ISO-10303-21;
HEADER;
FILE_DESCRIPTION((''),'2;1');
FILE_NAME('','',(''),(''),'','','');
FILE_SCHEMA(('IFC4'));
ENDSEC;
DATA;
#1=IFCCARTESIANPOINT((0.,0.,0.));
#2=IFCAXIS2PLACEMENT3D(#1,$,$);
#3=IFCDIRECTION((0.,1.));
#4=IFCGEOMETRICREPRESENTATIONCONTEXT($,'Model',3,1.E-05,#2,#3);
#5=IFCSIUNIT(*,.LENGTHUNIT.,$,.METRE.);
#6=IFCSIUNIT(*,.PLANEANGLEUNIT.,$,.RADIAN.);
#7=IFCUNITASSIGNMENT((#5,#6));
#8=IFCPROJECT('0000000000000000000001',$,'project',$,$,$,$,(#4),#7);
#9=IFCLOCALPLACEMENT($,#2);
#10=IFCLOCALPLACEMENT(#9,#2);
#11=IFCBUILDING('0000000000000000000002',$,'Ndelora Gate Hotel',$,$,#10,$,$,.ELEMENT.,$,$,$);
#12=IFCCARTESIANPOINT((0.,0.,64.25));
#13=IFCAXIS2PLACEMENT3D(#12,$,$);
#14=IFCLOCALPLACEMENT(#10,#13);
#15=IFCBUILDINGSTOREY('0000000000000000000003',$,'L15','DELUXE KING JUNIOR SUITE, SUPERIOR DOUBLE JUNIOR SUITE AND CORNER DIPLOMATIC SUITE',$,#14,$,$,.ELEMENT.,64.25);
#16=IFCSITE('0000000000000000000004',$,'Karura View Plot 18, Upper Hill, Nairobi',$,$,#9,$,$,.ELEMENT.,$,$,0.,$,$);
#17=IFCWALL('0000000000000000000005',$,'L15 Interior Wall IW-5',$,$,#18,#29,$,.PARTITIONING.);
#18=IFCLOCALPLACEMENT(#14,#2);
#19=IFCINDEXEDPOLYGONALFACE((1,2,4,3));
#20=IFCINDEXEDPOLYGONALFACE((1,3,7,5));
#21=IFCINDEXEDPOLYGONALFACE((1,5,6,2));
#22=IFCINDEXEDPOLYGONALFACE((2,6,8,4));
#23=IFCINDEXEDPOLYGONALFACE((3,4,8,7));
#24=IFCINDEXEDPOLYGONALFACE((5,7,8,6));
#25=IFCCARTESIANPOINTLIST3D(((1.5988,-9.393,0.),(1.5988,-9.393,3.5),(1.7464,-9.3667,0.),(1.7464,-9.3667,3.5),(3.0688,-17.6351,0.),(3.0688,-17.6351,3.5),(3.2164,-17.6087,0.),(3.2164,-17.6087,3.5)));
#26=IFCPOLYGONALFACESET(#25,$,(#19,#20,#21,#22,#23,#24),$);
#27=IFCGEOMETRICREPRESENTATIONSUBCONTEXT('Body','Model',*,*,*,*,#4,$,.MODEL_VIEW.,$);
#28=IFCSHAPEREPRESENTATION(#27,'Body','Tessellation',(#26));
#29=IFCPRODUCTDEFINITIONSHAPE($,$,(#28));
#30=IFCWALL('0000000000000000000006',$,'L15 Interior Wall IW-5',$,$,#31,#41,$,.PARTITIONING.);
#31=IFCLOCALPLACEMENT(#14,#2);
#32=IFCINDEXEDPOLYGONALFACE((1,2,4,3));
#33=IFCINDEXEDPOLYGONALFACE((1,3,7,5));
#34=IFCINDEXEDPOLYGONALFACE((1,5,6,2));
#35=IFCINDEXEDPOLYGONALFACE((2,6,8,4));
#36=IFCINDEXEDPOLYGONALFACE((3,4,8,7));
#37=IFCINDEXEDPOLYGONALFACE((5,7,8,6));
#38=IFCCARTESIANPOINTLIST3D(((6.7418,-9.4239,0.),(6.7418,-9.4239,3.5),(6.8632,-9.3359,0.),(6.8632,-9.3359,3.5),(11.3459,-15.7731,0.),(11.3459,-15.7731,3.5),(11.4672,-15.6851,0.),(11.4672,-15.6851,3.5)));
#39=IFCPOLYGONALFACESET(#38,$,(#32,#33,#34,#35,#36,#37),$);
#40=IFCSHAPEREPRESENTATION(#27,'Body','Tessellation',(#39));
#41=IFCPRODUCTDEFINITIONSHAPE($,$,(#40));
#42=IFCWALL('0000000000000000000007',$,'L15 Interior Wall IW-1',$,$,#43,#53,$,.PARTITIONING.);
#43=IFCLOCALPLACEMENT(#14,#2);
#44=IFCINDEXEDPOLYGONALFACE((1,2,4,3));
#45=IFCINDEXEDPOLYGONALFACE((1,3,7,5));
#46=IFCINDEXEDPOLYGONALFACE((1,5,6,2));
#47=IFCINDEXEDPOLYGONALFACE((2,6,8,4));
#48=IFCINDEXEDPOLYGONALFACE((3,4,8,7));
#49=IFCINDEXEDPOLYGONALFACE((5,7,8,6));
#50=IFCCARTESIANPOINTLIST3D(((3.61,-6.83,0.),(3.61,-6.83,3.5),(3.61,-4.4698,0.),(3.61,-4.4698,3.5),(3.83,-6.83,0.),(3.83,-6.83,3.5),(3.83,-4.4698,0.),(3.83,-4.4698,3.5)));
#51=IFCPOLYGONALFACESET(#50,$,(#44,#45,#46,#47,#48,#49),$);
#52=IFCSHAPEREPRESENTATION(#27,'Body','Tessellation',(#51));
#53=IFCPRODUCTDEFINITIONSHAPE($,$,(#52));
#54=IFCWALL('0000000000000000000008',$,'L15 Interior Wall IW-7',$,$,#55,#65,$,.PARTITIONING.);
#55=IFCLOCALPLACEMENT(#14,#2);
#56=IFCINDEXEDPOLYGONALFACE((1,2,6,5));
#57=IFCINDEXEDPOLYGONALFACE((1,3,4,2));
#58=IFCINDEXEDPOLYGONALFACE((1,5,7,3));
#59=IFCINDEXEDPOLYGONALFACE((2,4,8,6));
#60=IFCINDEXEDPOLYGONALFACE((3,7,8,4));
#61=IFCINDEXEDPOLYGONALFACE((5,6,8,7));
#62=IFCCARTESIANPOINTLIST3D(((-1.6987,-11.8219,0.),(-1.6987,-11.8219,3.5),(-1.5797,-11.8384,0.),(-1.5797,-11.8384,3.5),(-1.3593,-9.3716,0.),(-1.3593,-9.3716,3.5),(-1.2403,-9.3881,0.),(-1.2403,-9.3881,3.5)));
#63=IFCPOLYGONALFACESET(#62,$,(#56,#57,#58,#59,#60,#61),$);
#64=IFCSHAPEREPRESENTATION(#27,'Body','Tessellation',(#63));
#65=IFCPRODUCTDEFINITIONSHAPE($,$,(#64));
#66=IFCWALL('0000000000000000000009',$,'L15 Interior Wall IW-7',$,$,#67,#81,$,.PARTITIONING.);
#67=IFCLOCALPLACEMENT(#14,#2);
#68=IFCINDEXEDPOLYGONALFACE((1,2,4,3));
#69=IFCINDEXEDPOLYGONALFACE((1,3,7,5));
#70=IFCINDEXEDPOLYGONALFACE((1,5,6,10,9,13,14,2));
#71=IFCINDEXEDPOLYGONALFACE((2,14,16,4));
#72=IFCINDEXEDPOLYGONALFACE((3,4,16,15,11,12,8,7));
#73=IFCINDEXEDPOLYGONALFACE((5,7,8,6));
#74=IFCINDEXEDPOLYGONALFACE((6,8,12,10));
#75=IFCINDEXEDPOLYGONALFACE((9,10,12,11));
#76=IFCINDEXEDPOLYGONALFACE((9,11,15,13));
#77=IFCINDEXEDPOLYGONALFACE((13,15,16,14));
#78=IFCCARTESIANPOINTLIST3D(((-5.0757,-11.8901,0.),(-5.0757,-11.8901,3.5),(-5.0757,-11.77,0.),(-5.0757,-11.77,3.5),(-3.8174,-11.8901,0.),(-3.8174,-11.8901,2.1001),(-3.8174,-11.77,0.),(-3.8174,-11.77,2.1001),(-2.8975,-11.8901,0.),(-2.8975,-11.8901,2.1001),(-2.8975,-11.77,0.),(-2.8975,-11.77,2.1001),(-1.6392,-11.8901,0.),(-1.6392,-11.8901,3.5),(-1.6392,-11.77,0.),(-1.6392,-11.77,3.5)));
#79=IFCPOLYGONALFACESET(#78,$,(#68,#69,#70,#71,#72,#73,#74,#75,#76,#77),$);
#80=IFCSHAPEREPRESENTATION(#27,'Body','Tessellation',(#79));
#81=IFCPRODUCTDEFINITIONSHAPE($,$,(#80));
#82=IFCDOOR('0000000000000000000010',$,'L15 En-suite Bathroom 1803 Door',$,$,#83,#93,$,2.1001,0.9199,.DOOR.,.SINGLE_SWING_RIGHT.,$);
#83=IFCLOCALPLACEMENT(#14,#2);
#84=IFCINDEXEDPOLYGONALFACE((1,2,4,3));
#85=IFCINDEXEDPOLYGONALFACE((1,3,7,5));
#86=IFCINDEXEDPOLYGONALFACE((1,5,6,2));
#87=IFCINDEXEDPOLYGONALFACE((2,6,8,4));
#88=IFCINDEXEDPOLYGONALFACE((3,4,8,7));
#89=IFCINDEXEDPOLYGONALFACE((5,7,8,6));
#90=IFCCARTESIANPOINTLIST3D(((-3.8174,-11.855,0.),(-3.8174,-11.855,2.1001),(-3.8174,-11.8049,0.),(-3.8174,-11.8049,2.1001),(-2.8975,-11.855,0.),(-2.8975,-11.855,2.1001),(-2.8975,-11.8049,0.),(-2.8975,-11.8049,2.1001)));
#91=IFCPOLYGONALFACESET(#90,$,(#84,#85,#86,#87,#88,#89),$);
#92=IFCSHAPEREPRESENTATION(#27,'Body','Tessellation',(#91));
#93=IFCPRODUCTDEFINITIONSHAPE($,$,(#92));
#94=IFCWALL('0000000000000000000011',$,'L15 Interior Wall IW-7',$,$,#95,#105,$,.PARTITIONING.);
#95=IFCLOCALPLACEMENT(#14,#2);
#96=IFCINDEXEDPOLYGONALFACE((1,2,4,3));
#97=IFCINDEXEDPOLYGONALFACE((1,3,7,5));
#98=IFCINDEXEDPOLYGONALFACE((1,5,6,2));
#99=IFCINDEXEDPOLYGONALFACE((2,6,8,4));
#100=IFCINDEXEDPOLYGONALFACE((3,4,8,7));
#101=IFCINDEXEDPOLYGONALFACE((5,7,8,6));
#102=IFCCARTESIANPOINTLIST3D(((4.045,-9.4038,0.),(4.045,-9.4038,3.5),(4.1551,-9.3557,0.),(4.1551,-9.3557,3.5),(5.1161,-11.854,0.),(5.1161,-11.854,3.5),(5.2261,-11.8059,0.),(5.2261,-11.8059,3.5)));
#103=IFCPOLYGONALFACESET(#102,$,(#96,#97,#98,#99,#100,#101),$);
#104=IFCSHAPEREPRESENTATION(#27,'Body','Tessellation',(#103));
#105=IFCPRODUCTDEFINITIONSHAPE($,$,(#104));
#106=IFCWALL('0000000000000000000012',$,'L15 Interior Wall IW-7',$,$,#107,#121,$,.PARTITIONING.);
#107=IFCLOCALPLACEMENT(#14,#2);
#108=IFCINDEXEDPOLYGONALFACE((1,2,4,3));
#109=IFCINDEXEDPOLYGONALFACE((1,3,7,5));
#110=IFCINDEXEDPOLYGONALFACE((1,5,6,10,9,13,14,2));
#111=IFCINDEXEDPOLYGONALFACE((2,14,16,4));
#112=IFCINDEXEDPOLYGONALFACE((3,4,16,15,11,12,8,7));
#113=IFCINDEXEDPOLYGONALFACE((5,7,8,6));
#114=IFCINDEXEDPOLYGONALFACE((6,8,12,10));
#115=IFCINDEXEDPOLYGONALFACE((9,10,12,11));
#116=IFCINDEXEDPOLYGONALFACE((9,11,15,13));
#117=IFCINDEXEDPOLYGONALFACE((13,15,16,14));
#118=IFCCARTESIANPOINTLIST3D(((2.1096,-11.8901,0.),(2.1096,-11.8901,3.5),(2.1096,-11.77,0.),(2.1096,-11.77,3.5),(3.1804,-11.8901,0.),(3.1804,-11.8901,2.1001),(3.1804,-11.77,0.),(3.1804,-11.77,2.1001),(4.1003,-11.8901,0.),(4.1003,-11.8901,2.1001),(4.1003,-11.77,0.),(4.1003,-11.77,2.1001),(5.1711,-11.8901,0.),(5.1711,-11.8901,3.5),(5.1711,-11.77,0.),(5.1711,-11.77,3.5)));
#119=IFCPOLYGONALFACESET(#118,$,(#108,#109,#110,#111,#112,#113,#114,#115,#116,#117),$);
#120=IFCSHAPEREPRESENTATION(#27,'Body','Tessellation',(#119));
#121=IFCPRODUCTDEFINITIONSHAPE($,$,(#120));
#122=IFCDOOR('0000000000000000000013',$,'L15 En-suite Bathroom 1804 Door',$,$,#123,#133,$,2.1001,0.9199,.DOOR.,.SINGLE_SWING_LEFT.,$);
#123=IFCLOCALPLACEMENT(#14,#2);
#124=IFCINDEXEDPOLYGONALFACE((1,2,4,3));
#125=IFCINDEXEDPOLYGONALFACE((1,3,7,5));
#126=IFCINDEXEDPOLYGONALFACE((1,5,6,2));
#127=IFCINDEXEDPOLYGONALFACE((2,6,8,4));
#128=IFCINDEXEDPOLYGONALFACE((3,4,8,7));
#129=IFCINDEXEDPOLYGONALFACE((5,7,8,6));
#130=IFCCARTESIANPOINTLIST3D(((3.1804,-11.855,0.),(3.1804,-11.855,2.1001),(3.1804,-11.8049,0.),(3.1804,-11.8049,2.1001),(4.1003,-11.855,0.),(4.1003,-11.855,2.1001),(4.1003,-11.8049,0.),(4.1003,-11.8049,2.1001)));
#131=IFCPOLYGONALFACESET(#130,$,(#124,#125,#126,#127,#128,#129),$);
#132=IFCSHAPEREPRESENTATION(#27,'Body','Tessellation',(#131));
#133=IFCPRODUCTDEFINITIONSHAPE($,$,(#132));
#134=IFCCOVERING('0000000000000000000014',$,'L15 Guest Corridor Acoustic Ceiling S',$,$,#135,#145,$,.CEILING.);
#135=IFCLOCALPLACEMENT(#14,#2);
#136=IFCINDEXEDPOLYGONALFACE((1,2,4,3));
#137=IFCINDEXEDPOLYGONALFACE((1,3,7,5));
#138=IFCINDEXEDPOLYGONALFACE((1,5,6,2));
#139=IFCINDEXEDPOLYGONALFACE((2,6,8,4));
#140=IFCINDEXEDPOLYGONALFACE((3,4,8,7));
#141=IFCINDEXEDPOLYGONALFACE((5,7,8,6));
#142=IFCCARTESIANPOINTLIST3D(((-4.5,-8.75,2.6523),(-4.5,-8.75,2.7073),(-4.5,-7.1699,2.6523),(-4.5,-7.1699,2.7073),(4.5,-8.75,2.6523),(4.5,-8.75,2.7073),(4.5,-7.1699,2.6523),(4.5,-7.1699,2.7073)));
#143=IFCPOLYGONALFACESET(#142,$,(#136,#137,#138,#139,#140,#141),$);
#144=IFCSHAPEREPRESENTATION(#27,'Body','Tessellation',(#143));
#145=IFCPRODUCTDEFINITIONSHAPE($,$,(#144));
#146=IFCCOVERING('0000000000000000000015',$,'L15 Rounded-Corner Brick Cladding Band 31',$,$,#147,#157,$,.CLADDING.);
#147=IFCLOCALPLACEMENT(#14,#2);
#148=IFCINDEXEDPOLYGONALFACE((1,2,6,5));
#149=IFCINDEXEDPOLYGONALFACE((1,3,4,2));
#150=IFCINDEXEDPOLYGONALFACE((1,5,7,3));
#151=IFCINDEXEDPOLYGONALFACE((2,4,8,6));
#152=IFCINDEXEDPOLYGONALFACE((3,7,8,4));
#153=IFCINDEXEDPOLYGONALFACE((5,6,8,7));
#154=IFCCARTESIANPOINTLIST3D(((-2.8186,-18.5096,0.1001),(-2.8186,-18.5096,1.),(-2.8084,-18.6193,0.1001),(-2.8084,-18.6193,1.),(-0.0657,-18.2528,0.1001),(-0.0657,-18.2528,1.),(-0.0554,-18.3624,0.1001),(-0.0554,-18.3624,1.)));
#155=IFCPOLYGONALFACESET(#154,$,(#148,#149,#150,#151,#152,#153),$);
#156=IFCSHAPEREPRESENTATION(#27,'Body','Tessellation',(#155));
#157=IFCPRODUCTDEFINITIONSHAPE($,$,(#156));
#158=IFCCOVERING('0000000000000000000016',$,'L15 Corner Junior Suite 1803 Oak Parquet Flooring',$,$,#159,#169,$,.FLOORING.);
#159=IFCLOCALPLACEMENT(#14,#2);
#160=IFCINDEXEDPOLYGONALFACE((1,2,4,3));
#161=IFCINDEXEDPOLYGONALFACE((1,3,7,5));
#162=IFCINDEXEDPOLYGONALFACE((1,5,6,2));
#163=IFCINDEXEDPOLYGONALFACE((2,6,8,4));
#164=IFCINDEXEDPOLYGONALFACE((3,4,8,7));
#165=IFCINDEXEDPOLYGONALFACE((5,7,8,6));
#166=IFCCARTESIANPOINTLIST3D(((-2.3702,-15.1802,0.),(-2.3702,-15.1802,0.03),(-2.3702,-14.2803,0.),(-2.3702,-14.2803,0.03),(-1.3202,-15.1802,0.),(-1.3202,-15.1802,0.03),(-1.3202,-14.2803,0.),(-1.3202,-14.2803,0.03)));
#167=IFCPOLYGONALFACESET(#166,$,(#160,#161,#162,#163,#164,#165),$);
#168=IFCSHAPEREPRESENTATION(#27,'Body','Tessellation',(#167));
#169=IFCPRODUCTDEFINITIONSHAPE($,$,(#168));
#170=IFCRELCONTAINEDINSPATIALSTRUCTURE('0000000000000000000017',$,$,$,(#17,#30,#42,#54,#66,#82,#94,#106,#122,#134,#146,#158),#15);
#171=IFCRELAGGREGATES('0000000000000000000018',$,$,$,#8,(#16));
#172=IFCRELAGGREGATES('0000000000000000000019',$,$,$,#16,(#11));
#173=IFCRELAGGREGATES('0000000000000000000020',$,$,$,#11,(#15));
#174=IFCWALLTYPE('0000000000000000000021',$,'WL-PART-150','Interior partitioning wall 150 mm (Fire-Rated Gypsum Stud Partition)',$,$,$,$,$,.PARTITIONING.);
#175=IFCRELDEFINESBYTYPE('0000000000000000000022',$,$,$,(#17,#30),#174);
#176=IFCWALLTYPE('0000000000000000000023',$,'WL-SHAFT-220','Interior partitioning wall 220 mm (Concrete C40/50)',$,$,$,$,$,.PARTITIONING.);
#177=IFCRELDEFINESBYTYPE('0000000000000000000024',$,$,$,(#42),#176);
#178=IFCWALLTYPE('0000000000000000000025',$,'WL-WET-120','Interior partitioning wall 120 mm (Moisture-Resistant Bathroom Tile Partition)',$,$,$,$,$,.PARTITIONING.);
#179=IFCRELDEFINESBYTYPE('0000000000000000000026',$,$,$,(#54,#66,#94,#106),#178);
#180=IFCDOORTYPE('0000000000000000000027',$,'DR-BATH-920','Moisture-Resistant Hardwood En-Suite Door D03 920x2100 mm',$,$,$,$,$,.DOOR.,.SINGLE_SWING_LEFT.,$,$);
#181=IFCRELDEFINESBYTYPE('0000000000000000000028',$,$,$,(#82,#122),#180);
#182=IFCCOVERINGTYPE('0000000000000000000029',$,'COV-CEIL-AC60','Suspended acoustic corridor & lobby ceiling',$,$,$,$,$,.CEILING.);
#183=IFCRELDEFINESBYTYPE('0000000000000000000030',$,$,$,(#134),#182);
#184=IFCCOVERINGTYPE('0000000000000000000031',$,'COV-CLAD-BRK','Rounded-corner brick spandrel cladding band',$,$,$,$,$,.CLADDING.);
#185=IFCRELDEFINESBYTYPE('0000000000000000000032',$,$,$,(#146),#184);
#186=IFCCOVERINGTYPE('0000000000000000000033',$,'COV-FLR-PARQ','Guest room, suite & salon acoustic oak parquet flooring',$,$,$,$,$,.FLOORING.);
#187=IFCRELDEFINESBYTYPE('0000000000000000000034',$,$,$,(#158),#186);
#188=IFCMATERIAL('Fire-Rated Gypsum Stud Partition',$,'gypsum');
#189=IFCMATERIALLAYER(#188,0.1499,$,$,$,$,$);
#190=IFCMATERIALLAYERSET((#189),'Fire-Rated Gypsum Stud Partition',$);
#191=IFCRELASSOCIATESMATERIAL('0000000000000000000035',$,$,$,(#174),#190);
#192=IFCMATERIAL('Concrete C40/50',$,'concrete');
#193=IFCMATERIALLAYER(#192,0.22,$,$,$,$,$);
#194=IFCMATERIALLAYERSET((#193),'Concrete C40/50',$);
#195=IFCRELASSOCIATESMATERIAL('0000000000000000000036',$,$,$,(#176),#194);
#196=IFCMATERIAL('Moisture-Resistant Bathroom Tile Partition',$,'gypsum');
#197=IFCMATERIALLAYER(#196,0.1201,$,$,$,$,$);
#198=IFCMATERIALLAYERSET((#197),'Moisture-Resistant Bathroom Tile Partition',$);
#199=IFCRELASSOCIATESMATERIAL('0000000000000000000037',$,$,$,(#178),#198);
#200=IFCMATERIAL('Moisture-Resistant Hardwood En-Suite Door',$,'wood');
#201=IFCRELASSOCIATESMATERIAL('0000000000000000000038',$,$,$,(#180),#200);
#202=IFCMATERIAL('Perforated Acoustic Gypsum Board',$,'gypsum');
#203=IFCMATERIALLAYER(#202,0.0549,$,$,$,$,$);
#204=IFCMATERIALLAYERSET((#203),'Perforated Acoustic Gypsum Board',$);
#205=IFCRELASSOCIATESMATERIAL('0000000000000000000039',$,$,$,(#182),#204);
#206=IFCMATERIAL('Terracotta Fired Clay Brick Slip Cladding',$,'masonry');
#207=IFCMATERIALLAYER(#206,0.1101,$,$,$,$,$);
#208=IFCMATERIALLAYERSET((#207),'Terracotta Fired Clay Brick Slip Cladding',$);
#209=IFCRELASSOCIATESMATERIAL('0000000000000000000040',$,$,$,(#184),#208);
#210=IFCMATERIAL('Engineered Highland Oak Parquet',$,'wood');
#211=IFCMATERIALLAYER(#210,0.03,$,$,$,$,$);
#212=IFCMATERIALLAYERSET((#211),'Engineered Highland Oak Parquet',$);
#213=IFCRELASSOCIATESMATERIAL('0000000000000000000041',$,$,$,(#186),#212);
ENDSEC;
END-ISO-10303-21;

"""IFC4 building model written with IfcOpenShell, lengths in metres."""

from ifc_helpers import new_model, si_unit, direction, frame, frame_2d, origin, origin_2d, place, context, subcontext, project, spatial, rectangle, extrude, material, layer, layer_set, type_object, element, fill, save


model = new_model("IFC4")

# Units and contexts
model_context = context("Model", 3, precision=1e-05, world=origin(), true_north=direction((0.0, 1.0)))
body_context = subcontext(model_context, "Body", "Model", "MODEL_VIEW")
ifc_project = project(units=[si_unit("LENGTHUNIT", "METRE"), si_unit("PLANEANGLEUNIT", "RADIAN")], contexts=[model_context])

# Site, building, storey
site_placement = place(None, origin())
site = spatial("IfcSite", under=ifc_project, at=site_placement, Name="Karura View Plot 18, Upper Hill, Nairobi", CompositionType="ELEMENT", RefElevation=0.0)
building_placement = place(site_placement, origin())
building = spatial("IfcBuilding", under=site, at=building_placement, Name="Ndelora Gate Hotel", CompositionType="ELEMENT")
storey_placement = place(building_placement, frame((0.0, 0.0, 64.25)))
storey = spatial("IfcBuildingStorey", under=building, at=storey_placement, Name="L15", Description="DELUXE KING JUNIOR SUITE, SUPERIOR DOUBLE JUNIOR SUITE AND CORNER DIPLOMATIC SUITE", CompositionType="ELEMENT", Elevation=64.25)

# Walls
ifc_material_1 = material(Name="Concrete C40/50", Category="concrete")
ifc_material_2 = material(Name="Fire-Rated Gypsum Stud Partition", Category="gypsum")
ifc_layer_1 = layer(ifc_material_2, 0.1499)
ifc_layer_set_1 = layer_set([ifc_layer_1], Name="Fire-Rated Gypsum Stud Partition")
wall_type_1 = type_object("IfcWallType", Name="WL-PART-150", Description="Interior partitioning wall 150 mm (Fire-Rated Gypsum Stud Partition)", PredefinedType="PARTITIONING", material=ifc_layer_set_1)
wall_1_placement = place(storey_placement, frame((1.6726, -9.3799, 0.0), z_axis=(0.0, 0.0, 1.0), x_axis=(0.175582, -0.984465, 0.0)))
element("IfcWall", 1, at=wall_1_placement, inside=storey, type_object=wall_type_1, Name="L15 Interior Wall IW-5", PredefinedType="PARTITIONING", context=body_context, shape_type="SweptSolid", body=[
    extrude(rectangle(XDim=8.3721, YDim=0.1499, at=frame_2d((4.186, 0.0))), origin(), (0.0, 0.0, 1.0), 3.5),
])
wall_2_placement = place(storey_placement, frame((6.8025, -9.3799, 0.0), z_axis=(0.0, 0.0, 1.0), x_axis=(0.587042, -0.809556, 0.0)))
element("IfcWall", 2, at=wall_2_placement, inside=storey, type_object=wall_type_1, Name="L15 Interior Wall IW-5", PredefinedType="PARTITIONING", context=body_context, shape_type="SweptSolid", body=[
    extrude(rectangle(XDim=7.8428, YDim=0.1499, at=frame_2d((3.9214, 0.0))), origin(), (0.0, 0.0, 1.0), 3.5),
])
ifc_layer_2 = layer(ifc_material_1, 0.22)
ifc_layer_set_2 = layer_set([ifc_layer_2], Name="Concrete C40/50")
wall_type_2 = type_object("IfcWallType", Name="WL-SHAFT-220", Description="Interior partitioning wall 220 mm (Concrete C40/50)", PredefinedType="PARTITIONING", material=ifc_layer_set_2)
wall_3_placement = place(storey_placement, frame((3.72, -6.8301, 0.0), z_axis=(0.0, 0.0, 1.0), x_axis=(0.0, 1.0, 0.0)))
element("IfcWall", 3, at=wall_3_placement, inside=storey, type_object=wall_type_2, Name="L15 Interior Wall IW-1", PredefinedType="PARTITIONING", context=body_context, shape_type="SweptSolid", body=[
    extrude(rectangle(XDim=2.3601, YDim=0.22, at=frame_2d((1.1802, 0.0))), origin(), (0.0, 0.0, 1.0), 3.5),
])
ifc_material_3 = material(Name="Moisture-Resistant Bathroom Tile Partition", Category="gypsum")
ifc_layer_3 = layer(ifc_material_3, 0.1201)
ifc_layer_set_3 = layer_set([ifc_layer_3], Name="Moisture-Resistant Bathroom Tile Partition")
wall_type_3 = type_object("IfcWallType", Name="WL-WET-120", Description="Interior partitioning wall 120 mm (Moisture-Resistant Bathroom Tile Partition)", PredefinedType="PARTITIONING", material=ifc_layer_set_3)
wall_4_placement = place(storey_placement, frame((-1.2998, -9.3799, 0.0), z_axis=(0.0, 0.0, 1.0), x_axis=(-0.137192, -0.990545, 0.0)))
element("IfcWall", 4, at=wall_4_placement, inside=storey, type_object=wall_type_3, Name="L15 Interior Wall IW-7", PredefinedType="PARTITIONING", context=body_context, shape_type="SweptSolid", body=[
    extrude(rectangle(XDim=2.4736, YDim=0.1201, at=frame_2d((1.2368, 0.0))), origin(), (0.0, 0.0, 1.0), 3.5),
])

# Wall, opening, door
wall_5_placement = place(storey_placement, frame((-1.6392, -11.8301, 0.0), z_axis=(0.0, 0.0, 1.0), x_axis=(-1.0, 0.0, 0.0)))
wall_5 = element("IfcWall", 5, at=wall_5_placement, inside=storey, type_object=wall_type_3, Name="L15 Interior Wall IW-7", PredefinedType="PARTITIONING", context=body_context, shape_type="SweptSolid", body=[
    extrude(rectangle(XDim=3.4365, YDim=0.1201, at=frame_2d((1.7183, 0.0))), origin(), (0.0, 0.0, 1.0), 3.5),
])
opening_1_placement = place(wall_5_placement, frame((1.2583, 0.0, 0.0)))
opening_1 = element("IfcOpeningElement", 6, at=opening_1_placement, cuts=wall_5, PredefinedType="OPENING", context=body_context, shape_type="SweptSolid", body=[
    extrude(rectangle(XDim=0.9199, YDim=2.1001, at=frame_2d((0.46, 1.05))), frame((0.0, 0.0701, 0.0), z_axis=(0.0, -1.0, 0.0), x_axis=(1.0, 0.0, 0.0)), (0.0, 0.0, 1.0), 0.1401),
])
ifc_material_4 = material(Name="Moisture-Resistant Hardwood En-Suite Door", Category="wood")
door_type = type_object("IfcDoorType", Name="DR-BATH-920", Description="Moisture-Resistant Hardwood En-Suite Door D03 920x2100 mm", OperationType="SINGLE_SWING_LEFT", PredefinedType="DOOR", material=ifc_material_4)
door_1_placement = place(opening_1_placement, origin())
door_1 = element("IfcDoor", 7, at=door_1_placement, inside=storey, type_object=door_type, Name="L15 En-suite Bathroom 1803 Door", OperationType="SINGLE_SWING_RIGHT", OverallHeight=2.1001, OverallWidth=0.9199, PredefinedType="DOOR", context=body_context, shape_type="SweptSolid", body=[
    extrude(rectangle(XDim=0.9199, YDim=2.1001, at=frame_2d((0.46, 1.05))), frame((0.0, 0.0249, 0.0), z_axis=(0.0, -1.0, 0.0), x_axis=(1.0, 0.0, 0.0)), (0.0, 0.0, 1.0), 0.05),
])
fill(opening_1, door_1)

# Wall
wall_6_placement = place(storey_placement, frame((4.1001, -9.3799, 0.0), z_axis=(0.0, 0.0, 1.0), x_axis=(0.400531, -0.916283, 0.0)))
element("IfcWall", 8, at=wall_6_placement, inside=storey, type_object=wall_type_3, Name="L15 Interior Wall IW-7", PredefinedType="PARTITIONING", context=body_context, shape_type="SweptSolid", body=[
    extrude(rectangle(XDim=2.6741, YDim=0.1201, at=frame_2d((1.3369, 0.0))), origin(), (0.0, 0.0, 1.0), 3.5),
])

# Wall, opening, door
wall_7_placement = place(storey_placement, frame((5.1711, -11.8301, 0.0), z_axis=(0.0, 0.0, 1.0), x_axis=(-1.0, 0.0, 0.0)))
wall_7 = element("IfcWall", 9, at=wall_7_placement, inside=storey, type_object=wall_type_3, Name="L15 Interior Wall IW-7", PredefinedType="PARTITIONING", context=body_context, shape_type="SweptSolid", body=[
    extrude(rectangle(XDim=3.0615, YDim=0.1201, at=frame_2d((1.5308, 0.0))), origin(), (0.0, 0.0, 1.0), 3.5),
])
opening_2_placement = place(wall_7_placement, frame((1.0708, 0.0, 0.0)))
opening_2 = element("IfcOpeningElement", 10, at=opening_2_placement, cuts=wall_7, PredefinedType="OPENING", context=body_context, shape_type="SweptSolid", body=[
    extrude(rectangle(XDim=0.9199, YDim=2.1001, at=frame_2d((0.46, 1.05))), frame((0.0, 0.0701, 0.0), z_axis=(0.0, -1.0, 0.0), x_axis=(1.0, 0.0, 0.0)), (0.0, 0.0, 1.0), 0.1401),
])
door_2_placement = place(opening_2_placement, origin())
door_2 = element("IfcDoor", 11, at=door_2_placement, inside=storey, type_object=door_type, Name="L15 En-suite Bathroom 1804 Door", OperationType="SINGLE_SWING_LEFT", OverallHeight=2.1001, OverallWidth=0.9199, PredefinedType="DOOR", context=body_context, shape_type="SweptSolid", body=[
    extrude(rectangle(XDim=0.9199, YDim=2.1001, at=frame_2d((0.46, 1.05))), frame((0.0, 0.0249, 0.0), z_axis=(0.0, -1.0, 0.0), x_axis=(1.0, 0.0, 0.0)), (0.0, 0.0, 1.0), 0.05),
])
fill(opening_2, door_2)

# Coverings
ifc_material_5 = material(Name="Perforated Acoustic Gypsum Board", Category="gypsum")
ifc_layer_4 = layer(ifc_material_5, 0.0549)
ifc_layer_set_4 = layer_set([ifc_layer_4], Name="Perforated Acoustic Gypsum Board")
covering_type_1 = type_object("IfcCoveringType", Name="COV-CEIL-AC60", Description="Suspended acoustic corridor & lobby ceiling", PredefinedType="CEILING", material=ifc_layer_set_4)
covering_1_placement = place(storey_placement, frame((0.0, -7.96, 2.6523), z_axis=(0.0, 0.0, 1.0), x_axis=(1.0, 0.0, 0.0)))
element("IfcCovering", 12, at=covering_1_placement, inside=storey, type_object=covering_type_1, Name="L15 Guest Corridor Acoustic Ceiling S", PredefinedType="CEILING", context=body_context, shape_type="SweptSolid", body=[
    extrude(rectangle(XDim=9.0, YDim=1.5801, at=origin_2d()), origin(), (0.0, 0.0, 1.0), 0.0549),
])
ifc_material_6 = material(Name="Terracotta Fired Clay Brick Slip Cladding", Category="masonry")
ifc_layer_5 = layer(ifc_material_6, 0.1101)
ifc_layer_set_5 = layer_set([ifc_layer_5], Name="Terracotta Fired Clay Brick Slip Cladding")
covering_type_2 = type_object("IfcCoveringType", Name="COV-CLAD-BRK", Description="Rounded-corner brick spandrel cladding band", PredefinedType="CLADDING", material=ifc_layer_set_5)
covering_2_placement = place(storey_placement, frame((-1.437, -18.436, 0.1001), z_axis=(0.0, 0.0, 1.0), x_axis=(0.995676, 0.092892, 0.0)))
element("IfcCovering", 13, at=covering_2_placement, inside=storey, type_object=covering_type_2, Name="L15 Rounded-Corner Brick Cladding Band 31", PredefinedType="CLADDING", context=body_context, shape_type="SweptSolid", body=[
    extrude(rectangle(XDim=2.7649, YDim=0.1101, at=origin_2d()), origin(), (0.0, 0.0, 1.0), 0.8999),
])
ifc_material_7 = material(Name="Engineered Highland Oak Parquet", Category="wood")
ifc_layer_6 = layer(ifc_material_7, 0.03)
ifc_layer_set_6 = layer_set([ifc_layer_6], Name="Engineered Highland Oak Parquet")
covering_type_3 = type_object("IfcCoveringType", Name="COV-FLR-PARQ", Description="Guest room, suite & salon acoustic oak parquet flooring", PredefinedType="FLOORING", material=ifc_layer_set_6)
for number, where, z_axis, x_axis, name in (
    (14, (-1.8452, -14.7302, 0.0), (0.0, 0.0, 1.0), (1.0, 0.0, 0.0), "L15 Corner Junior Suite 1803 Oak Parquet Flooring"),
):
    element("IfcCovering", number, at=place(storey_placement, frame(where, z_axis=z_axis, x_axis=x_axis)), inside=storey, type_object=covering_type_3, Name=name, PredefinedType="FLOORING", context=body_context, shape_type="SweptSolid", body=[
        extrude(rectangle(XDim=1.05, YDim=0.8999, at=origin_2d()), origin(), (0.0, 0.0, 1.0), 0.03),
    ])

save(model, "model.ifc")
